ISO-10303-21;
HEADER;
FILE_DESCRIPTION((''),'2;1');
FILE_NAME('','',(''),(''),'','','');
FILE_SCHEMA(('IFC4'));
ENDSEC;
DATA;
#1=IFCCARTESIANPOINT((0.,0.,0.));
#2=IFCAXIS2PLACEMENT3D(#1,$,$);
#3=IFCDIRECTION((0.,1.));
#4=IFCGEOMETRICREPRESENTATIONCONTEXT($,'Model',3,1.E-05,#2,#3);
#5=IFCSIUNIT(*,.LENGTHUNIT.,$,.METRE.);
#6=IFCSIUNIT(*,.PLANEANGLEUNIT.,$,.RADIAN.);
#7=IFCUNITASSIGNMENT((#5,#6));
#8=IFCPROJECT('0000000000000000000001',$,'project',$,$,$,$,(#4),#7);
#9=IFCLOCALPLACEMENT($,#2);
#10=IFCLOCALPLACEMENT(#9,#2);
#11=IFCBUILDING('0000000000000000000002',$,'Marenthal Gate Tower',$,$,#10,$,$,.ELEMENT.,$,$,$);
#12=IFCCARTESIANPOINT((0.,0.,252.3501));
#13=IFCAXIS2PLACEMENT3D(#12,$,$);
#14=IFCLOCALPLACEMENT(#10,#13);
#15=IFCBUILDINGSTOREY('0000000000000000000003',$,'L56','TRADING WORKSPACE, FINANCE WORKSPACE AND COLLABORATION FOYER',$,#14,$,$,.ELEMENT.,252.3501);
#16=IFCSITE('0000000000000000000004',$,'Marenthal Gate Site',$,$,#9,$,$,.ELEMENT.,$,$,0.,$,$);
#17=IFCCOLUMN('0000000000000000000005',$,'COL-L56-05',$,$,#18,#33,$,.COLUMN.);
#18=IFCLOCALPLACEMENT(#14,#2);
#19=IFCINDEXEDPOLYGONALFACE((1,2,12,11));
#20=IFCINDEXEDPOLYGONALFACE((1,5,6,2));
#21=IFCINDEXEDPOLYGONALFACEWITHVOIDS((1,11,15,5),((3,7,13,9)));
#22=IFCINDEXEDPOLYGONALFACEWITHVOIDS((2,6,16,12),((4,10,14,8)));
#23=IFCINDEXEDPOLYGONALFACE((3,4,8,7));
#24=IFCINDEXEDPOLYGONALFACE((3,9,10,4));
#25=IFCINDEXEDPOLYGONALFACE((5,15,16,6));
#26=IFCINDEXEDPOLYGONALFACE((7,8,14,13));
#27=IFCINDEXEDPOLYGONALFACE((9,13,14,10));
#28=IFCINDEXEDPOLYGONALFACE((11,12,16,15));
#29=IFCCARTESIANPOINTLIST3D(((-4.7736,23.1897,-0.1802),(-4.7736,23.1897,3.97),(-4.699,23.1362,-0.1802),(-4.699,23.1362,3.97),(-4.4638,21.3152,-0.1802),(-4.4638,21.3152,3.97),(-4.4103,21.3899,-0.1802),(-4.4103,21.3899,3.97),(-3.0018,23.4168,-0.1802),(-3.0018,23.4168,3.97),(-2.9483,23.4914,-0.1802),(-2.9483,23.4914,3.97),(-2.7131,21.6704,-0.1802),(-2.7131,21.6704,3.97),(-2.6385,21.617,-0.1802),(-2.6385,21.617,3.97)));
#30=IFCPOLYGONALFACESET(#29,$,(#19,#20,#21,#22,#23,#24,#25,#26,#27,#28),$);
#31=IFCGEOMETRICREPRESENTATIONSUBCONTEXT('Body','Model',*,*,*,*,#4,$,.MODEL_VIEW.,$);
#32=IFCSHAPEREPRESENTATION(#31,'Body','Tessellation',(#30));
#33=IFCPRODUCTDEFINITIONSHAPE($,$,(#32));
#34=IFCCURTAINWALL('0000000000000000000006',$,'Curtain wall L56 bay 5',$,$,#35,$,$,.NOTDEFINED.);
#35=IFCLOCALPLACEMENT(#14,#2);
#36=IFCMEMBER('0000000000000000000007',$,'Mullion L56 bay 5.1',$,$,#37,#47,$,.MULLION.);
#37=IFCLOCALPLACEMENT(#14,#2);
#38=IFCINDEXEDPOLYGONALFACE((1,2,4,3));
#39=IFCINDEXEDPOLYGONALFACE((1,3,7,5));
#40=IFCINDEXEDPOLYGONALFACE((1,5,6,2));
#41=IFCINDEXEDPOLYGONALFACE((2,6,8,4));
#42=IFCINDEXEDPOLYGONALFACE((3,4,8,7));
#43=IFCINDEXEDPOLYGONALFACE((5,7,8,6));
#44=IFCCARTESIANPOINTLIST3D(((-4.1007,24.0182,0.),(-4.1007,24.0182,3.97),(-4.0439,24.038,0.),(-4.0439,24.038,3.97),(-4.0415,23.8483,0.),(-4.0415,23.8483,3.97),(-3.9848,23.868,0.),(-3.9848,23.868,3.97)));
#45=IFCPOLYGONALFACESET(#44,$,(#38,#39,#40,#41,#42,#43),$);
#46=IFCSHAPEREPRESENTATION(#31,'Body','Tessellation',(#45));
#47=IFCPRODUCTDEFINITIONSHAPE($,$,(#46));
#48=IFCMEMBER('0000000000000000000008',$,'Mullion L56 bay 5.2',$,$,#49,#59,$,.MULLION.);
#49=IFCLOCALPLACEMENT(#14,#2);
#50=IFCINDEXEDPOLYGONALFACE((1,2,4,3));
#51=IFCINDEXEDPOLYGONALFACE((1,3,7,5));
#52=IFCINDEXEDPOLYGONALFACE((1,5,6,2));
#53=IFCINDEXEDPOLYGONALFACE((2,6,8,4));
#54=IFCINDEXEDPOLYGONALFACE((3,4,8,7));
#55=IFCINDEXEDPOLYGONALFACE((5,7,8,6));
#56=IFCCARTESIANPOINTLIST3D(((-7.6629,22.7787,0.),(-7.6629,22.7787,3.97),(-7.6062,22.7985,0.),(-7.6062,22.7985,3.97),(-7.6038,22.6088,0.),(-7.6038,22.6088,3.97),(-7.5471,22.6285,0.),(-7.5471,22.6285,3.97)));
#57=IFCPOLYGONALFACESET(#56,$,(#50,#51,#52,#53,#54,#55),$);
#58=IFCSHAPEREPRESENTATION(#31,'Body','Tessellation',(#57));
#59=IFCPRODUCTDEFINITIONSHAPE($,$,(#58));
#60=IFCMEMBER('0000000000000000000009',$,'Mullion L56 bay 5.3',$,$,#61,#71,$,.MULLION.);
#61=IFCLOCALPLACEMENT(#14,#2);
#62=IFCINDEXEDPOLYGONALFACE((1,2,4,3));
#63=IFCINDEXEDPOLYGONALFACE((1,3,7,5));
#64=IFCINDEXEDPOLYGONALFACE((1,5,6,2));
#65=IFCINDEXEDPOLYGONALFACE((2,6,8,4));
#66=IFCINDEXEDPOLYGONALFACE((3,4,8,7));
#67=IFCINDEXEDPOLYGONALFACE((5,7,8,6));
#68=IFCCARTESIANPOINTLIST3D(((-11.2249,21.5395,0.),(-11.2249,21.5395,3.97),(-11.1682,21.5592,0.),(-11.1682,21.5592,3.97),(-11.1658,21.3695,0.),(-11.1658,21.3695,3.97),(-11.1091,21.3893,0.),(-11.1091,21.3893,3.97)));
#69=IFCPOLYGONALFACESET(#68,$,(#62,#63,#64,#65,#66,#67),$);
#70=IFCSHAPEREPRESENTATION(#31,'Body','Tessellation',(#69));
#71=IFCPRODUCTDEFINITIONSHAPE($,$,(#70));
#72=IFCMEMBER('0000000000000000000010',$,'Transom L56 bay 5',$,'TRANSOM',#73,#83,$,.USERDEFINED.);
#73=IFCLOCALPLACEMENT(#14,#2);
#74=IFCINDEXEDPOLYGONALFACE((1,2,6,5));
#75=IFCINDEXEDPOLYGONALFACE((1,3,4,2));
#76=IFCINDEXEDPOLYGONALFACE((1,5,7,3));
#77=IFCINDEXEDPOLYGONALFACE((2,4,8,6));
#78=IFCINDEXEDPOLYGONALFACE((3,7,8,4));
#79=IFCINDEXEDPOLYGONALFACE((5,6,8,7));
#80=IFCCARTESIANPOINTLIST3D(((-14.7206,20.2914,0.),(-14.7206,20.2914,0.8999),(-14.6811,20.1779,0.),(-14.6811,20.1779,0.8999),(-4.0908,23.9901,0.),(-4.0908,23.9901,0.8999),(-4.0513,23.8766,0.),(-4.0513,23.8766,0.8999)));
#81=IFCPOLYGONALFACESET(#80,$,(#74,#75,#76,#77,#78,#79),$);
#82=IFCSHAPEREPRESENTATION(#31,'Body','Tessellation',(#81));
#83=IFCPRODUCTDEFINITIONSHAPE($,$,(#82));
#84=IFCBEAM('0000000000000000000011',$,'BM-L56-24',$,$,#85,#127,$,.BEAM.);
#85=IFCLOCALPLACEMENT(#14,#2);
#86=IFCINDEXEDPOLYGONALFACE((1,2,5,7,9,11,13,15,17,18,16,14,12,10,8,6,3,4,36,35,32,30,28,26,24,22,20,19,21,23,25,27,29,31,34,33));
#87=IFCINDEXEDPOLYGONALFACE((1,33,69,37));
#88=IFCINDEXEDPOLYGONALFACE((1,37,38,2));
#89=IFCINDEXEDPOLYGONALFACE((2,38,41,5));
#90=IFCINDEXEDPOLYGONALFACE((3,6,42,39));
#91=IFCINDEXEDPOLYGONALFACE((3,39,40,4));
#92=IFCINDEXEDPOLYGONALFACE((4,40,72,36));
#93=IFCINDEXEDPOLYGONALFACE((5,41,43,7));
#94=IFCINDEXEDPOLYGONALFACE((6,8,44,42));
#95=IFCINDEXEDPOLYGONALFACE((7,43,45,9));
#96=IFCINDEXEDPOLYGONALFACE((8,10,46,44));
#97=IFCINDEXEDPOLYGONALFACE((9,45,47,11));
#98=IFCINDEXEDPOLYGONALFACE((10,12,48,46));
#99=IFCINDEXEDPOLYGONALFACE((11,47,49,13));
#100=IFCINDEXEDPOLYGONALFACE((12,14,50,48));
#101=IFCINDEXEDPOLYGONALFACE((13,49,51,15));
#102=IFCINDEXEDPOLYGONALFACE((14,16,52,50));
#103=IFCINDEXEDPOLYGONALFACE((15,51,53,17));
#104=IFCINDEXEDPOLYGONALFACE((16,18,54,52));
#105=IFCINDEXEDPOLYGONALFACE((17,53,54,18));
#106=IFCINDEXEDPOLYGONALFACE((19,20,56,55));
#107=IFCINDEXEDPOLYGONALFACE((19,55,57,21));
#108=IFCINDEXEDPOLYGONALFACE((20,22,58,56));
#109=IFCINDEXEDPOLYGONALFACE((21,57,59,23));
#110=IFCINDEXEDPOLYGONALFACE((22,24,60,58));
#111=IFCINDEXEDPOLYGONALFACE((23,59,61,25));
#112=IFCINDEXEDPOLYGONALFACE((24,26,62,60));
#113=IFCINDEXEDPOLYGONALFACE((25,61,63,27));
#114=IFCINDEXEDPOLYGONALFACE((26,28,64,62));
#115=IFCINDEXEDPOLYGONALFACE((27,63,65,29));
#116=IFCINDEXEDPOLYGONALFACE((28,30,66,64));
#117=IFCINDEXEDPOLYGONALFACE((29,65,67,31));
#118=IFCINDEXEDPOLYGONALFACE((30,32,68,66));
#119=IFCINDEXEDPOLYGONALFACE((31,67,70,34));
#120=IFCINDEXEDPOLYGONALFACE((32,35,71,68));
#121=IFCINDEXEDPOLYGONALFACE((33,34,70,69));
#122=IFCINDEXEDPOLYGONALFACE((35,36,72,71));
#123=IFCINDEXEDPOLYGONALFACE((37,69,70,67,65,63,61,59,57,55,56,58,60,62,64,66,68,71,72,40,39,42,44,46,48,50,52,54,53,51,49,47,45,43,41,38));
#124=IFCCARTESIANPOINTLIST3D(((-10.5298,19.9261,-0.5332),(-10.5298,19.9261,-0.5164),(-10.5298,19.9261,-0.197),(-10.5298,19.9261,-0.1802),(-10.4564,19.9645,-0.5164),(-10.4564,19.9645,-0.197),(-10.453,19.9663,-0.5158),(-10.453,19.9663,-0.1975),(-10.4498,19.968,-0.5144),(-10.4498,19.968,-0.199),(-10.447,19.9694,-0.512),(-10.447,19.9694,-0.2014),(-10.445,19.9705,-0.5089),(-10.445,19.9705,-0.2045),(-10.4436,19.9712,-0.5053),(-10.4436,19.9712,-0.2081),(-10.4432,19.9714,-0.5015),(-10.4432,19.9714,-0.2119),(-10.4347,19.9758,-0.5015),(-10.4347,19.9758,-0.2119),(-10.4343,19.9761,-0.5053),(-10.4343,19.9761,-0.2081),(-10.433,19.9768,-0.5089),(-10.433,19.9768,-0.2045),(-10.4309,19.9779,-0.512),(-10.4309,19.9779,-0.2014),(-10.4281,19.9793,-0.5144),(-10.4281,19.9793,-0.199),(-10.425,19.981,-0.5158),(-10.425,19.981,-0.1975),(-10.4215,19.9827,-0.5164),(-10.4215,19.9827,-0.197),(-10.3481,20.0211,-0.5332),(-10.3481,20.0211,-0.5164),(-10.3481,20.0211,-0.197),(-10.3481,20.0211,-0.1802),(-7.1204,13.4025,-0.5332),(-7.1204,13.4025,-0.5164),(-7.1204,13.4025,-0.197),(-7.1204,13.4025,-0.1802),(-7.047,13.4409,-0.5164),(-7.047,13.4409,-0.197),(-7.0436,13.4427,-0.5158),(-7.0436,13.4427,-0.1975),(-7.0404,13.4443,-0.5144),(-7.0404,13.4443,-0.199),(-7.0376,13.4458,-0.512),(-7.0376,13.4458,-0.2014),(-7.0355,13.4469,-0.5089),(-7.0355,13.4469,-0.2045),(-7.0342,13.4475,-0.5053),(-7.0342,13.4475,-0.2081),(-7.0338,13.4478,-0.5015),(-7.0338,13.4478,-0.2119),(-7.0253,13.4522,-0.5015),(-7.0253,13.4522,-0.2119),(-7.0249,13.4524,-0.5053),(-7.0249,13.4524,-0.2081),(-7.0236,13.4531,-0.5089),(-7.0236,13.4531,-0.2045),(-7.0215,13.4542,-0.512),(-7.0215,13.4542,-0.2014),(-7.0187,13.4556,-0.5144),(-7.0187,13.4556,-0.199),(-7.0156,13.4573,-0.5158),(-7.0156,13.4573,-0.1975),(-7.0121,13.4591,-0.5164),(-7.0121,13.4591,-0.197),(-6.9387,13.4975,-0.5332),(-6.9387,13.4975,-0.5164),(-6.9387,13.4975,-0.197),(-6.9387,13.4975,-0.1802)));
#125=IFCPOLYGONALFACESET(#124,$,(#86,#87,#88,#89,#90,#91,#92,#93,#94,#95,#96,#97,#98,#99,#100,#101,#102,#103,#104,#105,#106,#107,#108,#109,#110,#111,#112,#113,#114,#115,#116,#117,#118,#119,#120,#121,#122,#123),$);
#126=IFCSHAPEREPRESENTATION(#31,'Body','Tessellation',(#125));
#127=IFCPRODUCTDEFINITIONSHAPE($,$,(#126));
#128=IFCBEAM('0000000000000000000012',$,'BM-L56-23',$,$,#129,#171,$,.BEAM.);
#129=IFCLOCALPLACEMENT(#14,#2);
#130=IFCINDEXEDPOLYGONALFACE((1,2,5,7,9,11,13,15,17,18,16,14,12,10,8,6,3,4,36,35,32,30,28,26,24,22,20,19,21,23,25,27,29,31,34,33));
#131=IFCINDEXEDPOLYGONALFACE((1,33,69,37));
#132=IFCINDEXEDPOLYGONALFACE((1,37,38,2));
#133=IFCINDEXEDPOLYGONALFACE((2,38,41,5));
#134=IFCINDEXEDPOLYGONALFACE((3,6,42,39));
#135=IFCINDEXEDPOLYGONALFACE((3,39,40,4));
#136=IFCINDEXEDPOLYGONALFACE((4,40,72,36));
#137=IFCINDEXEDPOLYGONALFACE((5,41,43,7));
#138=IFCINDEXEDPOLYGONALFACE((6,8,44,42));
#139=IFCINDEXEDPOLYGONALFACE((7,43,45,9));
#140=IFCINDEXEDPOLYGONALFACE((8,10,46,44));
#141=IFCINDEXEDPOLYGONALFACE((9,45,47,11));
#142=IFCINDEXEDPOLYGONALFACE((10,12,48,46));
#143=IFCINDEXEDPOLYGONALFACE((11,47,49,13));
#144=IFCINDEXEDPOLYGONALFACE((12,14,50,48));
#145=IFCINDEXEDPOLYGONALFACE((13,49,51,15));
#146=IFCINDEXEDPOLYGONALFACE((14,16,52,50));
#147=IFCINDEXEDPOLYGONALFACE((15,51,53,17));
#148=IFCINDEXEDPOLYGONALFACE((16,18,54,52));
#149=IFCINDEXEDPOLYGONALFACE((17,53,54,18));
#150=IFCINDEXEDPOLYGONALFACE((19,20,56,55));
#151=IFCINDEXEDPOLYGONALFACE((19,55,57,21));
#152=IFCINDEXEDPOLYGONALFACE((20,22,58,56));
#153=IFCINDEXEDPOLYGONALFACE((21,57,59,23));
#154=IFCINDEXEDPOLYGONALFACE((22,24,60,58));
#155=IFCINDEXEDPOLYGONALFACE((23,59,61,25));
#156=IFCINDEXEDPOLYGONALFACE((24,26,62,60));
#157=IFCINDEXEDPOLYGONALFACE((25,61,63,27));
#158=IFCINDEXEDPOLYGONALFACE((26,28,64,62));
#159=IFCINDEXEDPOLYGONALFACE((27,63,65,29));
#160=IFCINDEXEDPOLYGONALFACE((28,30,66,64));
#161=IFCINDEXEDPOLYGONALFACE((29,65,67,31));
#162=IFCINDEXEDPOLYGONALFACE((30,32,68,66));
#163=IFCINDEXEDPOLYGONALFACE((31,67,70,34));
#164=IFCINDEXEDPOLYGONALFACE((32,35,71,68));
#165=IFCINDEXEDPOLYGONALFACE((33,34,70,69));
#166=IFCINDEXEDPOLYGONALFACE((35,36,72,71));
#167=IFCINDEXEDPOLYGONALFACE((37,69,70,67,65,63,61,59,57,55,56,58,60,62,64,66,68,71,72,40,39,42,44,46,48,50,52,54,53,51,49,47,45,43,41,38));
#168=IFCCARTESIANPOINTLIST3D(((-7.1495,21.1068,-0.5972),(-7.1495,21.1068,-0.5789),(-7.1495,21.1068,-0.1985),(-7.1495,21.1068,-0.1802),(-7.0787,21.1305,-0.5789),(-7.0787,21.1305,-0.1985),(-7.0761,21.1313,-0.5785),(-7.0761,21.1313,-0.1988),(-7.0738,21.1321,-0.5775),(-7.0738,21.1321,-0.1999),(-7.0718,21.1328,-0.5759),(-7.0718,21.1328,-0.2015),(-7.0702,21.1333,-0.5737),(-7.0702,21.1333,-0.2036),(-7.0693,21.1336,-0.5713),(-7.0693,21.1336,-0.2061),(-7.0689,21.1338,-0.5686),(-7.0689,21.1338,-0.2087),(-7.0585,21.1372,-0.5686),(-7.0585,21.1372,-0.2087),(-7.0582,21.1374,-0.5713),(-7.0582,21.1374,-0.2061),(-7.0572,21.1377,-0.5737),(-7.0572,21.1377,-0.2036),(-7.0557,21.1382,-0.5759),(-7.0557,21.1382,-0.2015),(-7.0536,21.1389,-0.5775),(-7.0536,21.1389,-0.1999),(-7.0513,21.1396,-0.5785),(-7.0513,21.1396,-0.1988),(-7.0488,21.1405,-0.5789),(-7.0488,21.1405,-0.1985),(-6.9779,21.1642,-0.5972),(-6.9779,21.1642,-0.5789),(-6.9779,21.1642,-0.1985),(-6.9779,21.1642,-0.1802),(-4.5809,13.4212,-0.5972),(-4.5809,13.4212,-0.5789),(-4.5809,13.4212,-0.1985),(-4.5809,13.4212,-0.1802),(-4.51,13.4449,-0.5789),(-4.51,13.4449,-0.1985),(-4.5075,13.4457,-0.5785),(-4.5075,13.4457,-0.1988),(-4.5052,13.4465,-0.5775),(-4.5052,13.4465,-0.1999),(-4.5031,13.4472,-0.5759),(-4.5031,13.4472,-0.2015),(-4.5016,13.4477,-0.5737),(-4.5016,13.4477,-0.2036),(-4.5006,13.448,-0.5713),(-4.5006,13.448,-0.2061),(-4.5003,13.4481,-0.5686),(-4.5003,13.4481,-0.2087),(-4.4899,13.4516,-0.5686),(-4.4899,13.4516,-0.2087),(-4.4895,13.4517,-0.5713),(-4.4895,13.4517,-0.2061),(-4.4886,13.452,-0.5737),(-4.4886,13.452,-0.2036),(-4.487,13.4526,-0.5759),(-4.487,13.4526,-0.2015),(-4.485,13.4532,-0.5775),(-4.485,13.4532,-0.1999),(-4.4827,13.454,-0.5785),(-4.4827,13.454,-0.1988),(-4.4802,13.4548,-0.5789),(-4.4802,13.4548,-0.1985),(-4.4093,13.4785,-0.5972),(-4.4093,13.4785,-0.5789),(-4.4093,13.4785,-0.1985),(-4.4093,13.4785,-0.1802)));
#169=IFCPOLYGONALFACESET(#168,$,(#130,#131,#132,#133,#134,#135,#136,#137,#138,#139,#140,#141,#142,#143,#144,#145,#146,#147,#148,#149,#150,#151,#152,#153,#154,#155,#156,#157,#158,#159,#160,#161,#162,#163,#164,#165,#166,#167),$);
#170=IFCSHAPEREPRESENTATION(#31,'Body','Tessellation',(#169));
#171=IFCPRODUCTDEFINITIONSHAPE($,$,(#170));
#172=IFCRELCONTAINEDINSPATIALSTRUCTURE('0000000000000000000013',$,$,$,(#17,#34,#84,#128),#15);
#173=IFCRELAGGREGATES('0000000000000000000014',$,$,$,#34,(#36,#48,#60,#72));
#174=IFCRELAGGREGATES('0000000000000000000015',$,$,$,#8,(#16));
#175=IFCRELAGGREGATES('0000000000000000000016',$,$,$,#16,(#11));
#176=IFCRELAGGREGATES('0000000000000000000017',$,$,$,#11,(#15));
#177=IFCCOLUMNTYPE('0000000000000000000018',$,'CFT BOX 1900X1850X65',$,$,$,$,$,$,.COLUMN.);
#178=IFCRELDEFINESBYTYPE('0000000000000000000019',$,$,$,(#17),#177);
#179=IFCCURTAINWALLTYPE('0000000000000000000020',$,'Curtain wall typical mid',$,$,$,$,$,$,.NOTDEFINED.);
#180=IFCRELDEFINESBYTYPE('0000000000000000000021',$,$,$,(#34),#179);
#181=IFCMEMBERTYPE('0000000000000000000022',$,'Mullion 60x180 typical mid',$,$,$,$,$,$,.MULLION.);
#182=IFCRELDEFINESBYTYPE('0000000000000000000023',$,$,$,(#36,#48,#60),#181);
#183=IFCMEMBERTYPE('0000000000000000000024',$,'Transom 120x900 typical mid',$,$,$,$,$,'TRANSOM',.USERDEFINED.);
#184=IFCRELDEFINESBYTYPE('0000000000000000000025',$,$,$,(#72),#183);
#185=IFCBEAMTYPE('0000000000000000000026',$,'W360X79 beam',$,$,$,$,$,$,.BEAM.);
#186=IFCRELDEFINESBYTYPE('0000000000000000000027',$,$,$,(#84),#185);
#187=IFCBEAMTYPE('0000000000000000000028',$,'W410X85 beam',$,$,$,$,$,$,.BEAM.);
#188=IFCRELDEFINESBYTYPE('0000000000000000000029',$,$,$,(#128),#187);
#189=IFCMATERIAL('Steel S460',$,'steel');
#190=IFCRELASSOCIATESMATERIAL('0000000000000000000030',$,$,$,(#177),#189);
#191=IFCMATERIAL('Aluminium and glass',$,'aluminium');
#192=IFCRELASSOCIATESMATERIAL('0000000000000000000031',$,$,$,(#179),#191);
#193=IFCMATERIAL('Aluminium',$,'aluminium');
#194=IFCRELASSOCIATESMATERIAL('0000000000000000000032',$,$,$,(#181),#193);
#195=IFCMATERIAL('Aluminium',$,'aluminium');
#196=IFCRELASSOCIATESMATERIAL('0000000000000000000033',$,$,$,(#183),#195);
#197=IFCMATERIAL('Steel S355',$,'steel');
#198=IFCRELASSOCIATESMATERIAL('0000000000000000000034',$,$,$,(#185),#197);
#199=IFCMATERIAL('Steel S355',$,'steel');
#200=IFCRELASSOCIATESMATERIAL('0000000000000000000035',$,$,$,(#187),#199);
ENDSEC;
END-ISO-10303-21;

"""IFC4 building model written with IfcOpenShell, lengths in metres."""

from ifc_helpers import new_model, si_unit, direction, frame, origin, origin_2d, place, context, subcontext, project, spatial, rectangle, hollow_rectangle, i_section, extrude, material, material_profile, profile_set, type_object, element, aggregate, save


model = new_model("IFC4")

# Units and contexts
model_context = context("Model", 3, precision=1e-05, world=origin(), true_north=direction((0.0, 1.0)))
body_context = subcontext(model_context, "Body", "Model", "MODEL_VIEW")
ifc_project = project(units=[si_unit("LENGTHUNIT", "METRE"), si_unit("PLANEANGLEUNIT", "RADIAN")], contexts=[model_context])

# Site, building, storey
site_placement = place(None, origin())
site = spatial("IfcSite", under=ifc_project, at=site_placement, Name="Marenthal Gate Site", CompositionType="ELEMENT", RefElevation=0.0)
building_placement = place(site_placement, origin())
building = spatial("IfcBuilding", under=site, at=building_placement, Name="Marenthal Gate Tower", CompositionType="ELEMENT")
storey_placement = place(building_placement, frame((0.0, 0.0, 252.3501)))
storey = spatial("IfcBuildingStorey", under=building, at=storey_placement, Name="L56", Description="TRADING WORKSPACE, FINANCE WORKSPACE AND COLLABORATION FOYER", CompositionType="ELEMENT", Elevation=252.3501)

# Column
ifc_material_1 = material(Name="Steel S460", Category="steel")
ifc_material_profile_1 = material_profile(ifc_material_1, hollow_rectangle(XDim=1.8501, YDim=1.8999, WallThickness=0.0649, at=origin_2d()), Name="CFT BOX 1900X1850X65")
ifc_material_2 = material(Name="Concrete 70 MPa", Category="concrete")
ifc_material_profile_2 = material_profile(ifc_material_2, rectangle(XDim=1.72, YDim=1.77, at=origin_2d()), Name="CFT BOX 1900X1850X65 INFILL")
ifc_profile_set_1 = profile_set([ifc_material_profile_1, ifc_material_profile_2], Name="Steel S460 shell, Concrete 70 MPa infill")
column_type = type_object("IfcColumnType", Name="CFT BOX 1900X1850X65", PredefinedType="COLUMN", material=ifc_profile_set_1)
column_placement = place(storey_placement, frame((-3.7061, 22.4033, -0.1802), z_axis=(0.0, 0.0, 1.0), x_axis=(0.986611, 0.163088, 0.0)))
element("IfcColumn", 1, at=column_placement, inside=storey, type_object=column_type, Name="COL-L56-05", PredefinedType="COLUMN", context=body_context, shape_type="SweptSolid", body=[
    extrude(hollow_rectangle(XDim=1.8501, YDim=1.8999, WallThickness=0.0649, at=origin_2d()), origin(), (0.0, 0.0, 1.0), 4.1501),
])

# Curtain wall, members
ifc_material_3 = material(Name="Aluminium and glass", Category="aluminium")
curtain_wall_type = type_object("IfcCurtainWallType", Name="Curtain wall typical mid", PredefinedType="NOTDEFINED", material=ifc_material_3)
curtain_wall_placement = place(storey_placement, origin())
curtain_wall = element("IfcCurtainWall", 2, at=curtain_wall_placement, inside=storey, type_object=curtain_wall_type, Name="Curtain wall L56 bay 5", PredefinedType="NOTDEFINED")
ifc_material_4 = material(Name="Aluminium", Category="aluminium")
ifc_material_profile_3 = material_profile(ifc_material_4, rectangle(XDim=0.1799, YDim=0.0601, at=origin_2d()), Name="60x180 aluminium mullion")
ifc_profile_set_2 = profile_set([ifc_material_profile_3], Name="Aluminium")
member_type_1 = type_object("IfcMemberType", Name="Mullion 60x180 typical mid", PredefinedType="MULLION", material=ifc_profile_set_2)
member_1_placement = place(storey_placement, frame((-4.0427, 23.9431, 0.0), z_axis=(0.0, 0.0, 1.0), x_axis=(0.328612, -0.944465, 0.0)))
member_1 = element("IfcMember", 3, at=member_1_placement, type_object=member_type_1, Name="Mullion L56 bay 5.1", PredefinedType="MULLION", context=body_context, shape_type="SweptSolid", body=[
    extrude(rectangle(XDim=0.1799, YDim=0.0601, at=origin_2d()), origin(), (0.0, 0.0, 1.0), 3.97),
])
member_2_placement = place(storey_placement, frame((-7.605, 22.7036, 0.0), z_axis=(0.0, 0.0, 1.0), x_axis=(0.328612, -0.944465, 0.0)))
member_2 = element("IfcMember", 4, at=member_2_placement, type_object=member_type_1, Name="Mullion L56 bay 5.2", PredefinedType="MULLION", context=body_context, shape_type="SweptSolid", body=[
    extrude(rectangle(XDim=0.1799, YDim=0.0601, at=origin_2d()), origin(), (0.0, 0.0, 1.0), 3.97),
])
member_3_placement = place(storey_placement, frame((-11.167, 21.4644, 0.0), z_axis=(0.0, 0.0, 1.0), x_axis=(0.328612, -0.944465, 0.0)))
member_3 = element("IfcMember", 5, at=member_3_placement, type_object=member_type_1, Name="Mullion L56 bay 5.3", PredefinedType="MULLION", context=body_context, shape_type="SweptSolid", body=[
    extrude(rectangle(XDim=0.1799, YDim=0.0601, at=origin_2d()), origin(), (0.0, 0.0, 1.0), 3.97),
])
ifc_material_5 = material(Name="Aluminium", Category="aluminium")
ifc_material_profile_4 = material_profile(ifc_material_5, rectangle(XDim=0.1201, YDim=0.8999, at=origin_2d()), Name="120x900 aluminium transom")
ifc_profile_set_3 = profile_set([ifc_material_profile_4], Name="Aluminium")
member_type_2 = type_object("IfcMemberType", Name="Transom 120x900 typical mid", ElementType="TRANSOM", PredefinedType="USERDEFINED", material=ifc_profile_set_3)
member_4_placement = place(storey_placement, frame((-4.071, 23.9333, 0.45), z_axis=(-0.944459, -0.32863, 0.0), x_axis=(0.32863, -0.944459, 0.0)))
member_4 = element("IfcMember", 6, at=member_4_placement, type_object=member_type_2, Name="Transom L56 bay 5", ObjectType="TRANSOM", PredefinedType="USERDEFINED", context=body_context, shape_type="SweptSolid", body=[
    extrude(rectangle(XDim=0.1201, YDim=0.8999, at=origin_2d()), origin(), (0.0, 0.0, 1.0), 11.2549),
])

# Beams
ifc_material_6 = material(Name="Steel S355", Category="steel")
ifc_material_profile_5 = material_profile(ifc_material_6, i_section(OverallWidth=0.2051, OverallDepth=0.353, WebThickness=0.0095, FlangeThickness=0.0168, FilletRadius=0.0149, at=origin_2d()), Name="W360X79")
ifc_profile_set_4 = profile_set([ifc_material_profile_5], Name="Steel S355")
beam_type_1 = type_object("IfcBeamType", Name="W360X79 beam", PredefinedType="BEAM", material=ifc_profile_set_4)
beam_1_placement = place(storey_placement, frame((-10.439, 19.9736, -0.3567), z_axis=(0.463181, -0.886264, 0.0), x_axis=(0.886264, 0.463181, 0.0)))
element("IfcBeam", 7, at=beam_1_placement, inside=storey, type_object=beam_type_1, Name="BM-L56-24", PredefinedType="BEAM", context=body_context, shape_type="SweptSolid", body=[
    extrude(i_section(OverallWidth=0.2051, OverallDepth=0.353, WebThickness=0.0095, FlangeThickness=0.0168, FilletRadius=0.0149, at=origin_2d()), origin(), (0.0, 0.0, 1.0), 7.3608),
])
ifc_material_7 = material(Name="Steel S355", Category="steel")
ifc_material_profile_6 = material_profile(ifc_material_7, i_section(OverallWidth=0.1809, OverallDepth=0.417, WebThickness=0.011, FlangeThickness=0.0183, FilletRadius=0.0103, at=origin_2d()), Name="W410X85")
ifc_profile_set_5 = profile_set([ifc_material_profile_6], Name="Steel S355")
beam_type_2 = type_object("IfcBeamType", Name="W410X85 beam", PredefinedType="BEAM", material=ifc_profile_set_5)
beam_2_placement = place(storey_placement, frame((-7.0637, 21.1355, -0.3887), z_axis=(0.316978, -0.948433, 0.0), x_axis=(0.948433, 0.316978, 0.0)))
element("IfcBeam", 8, at=beam_2_placement, inside=storey, type_object=beam_type_2, Name="BM-L56-23", PredefinedType="BEAM", context=body_context, shape_type="SweptSolid", body=[
    extrude(i_section(OverallWidth=0.1809, OverallDepth=0.417, WebThickness=0.011, FlangeThickness=0.0183, FilletRadius=0.0103, at=origin_2d()), origin(), (0.0, 0.0, 1.0), 8.1035),
])

aggregate(curtain_wall, [member_1, member_2, member_3, member_4])

save(model, "model.ifc")
